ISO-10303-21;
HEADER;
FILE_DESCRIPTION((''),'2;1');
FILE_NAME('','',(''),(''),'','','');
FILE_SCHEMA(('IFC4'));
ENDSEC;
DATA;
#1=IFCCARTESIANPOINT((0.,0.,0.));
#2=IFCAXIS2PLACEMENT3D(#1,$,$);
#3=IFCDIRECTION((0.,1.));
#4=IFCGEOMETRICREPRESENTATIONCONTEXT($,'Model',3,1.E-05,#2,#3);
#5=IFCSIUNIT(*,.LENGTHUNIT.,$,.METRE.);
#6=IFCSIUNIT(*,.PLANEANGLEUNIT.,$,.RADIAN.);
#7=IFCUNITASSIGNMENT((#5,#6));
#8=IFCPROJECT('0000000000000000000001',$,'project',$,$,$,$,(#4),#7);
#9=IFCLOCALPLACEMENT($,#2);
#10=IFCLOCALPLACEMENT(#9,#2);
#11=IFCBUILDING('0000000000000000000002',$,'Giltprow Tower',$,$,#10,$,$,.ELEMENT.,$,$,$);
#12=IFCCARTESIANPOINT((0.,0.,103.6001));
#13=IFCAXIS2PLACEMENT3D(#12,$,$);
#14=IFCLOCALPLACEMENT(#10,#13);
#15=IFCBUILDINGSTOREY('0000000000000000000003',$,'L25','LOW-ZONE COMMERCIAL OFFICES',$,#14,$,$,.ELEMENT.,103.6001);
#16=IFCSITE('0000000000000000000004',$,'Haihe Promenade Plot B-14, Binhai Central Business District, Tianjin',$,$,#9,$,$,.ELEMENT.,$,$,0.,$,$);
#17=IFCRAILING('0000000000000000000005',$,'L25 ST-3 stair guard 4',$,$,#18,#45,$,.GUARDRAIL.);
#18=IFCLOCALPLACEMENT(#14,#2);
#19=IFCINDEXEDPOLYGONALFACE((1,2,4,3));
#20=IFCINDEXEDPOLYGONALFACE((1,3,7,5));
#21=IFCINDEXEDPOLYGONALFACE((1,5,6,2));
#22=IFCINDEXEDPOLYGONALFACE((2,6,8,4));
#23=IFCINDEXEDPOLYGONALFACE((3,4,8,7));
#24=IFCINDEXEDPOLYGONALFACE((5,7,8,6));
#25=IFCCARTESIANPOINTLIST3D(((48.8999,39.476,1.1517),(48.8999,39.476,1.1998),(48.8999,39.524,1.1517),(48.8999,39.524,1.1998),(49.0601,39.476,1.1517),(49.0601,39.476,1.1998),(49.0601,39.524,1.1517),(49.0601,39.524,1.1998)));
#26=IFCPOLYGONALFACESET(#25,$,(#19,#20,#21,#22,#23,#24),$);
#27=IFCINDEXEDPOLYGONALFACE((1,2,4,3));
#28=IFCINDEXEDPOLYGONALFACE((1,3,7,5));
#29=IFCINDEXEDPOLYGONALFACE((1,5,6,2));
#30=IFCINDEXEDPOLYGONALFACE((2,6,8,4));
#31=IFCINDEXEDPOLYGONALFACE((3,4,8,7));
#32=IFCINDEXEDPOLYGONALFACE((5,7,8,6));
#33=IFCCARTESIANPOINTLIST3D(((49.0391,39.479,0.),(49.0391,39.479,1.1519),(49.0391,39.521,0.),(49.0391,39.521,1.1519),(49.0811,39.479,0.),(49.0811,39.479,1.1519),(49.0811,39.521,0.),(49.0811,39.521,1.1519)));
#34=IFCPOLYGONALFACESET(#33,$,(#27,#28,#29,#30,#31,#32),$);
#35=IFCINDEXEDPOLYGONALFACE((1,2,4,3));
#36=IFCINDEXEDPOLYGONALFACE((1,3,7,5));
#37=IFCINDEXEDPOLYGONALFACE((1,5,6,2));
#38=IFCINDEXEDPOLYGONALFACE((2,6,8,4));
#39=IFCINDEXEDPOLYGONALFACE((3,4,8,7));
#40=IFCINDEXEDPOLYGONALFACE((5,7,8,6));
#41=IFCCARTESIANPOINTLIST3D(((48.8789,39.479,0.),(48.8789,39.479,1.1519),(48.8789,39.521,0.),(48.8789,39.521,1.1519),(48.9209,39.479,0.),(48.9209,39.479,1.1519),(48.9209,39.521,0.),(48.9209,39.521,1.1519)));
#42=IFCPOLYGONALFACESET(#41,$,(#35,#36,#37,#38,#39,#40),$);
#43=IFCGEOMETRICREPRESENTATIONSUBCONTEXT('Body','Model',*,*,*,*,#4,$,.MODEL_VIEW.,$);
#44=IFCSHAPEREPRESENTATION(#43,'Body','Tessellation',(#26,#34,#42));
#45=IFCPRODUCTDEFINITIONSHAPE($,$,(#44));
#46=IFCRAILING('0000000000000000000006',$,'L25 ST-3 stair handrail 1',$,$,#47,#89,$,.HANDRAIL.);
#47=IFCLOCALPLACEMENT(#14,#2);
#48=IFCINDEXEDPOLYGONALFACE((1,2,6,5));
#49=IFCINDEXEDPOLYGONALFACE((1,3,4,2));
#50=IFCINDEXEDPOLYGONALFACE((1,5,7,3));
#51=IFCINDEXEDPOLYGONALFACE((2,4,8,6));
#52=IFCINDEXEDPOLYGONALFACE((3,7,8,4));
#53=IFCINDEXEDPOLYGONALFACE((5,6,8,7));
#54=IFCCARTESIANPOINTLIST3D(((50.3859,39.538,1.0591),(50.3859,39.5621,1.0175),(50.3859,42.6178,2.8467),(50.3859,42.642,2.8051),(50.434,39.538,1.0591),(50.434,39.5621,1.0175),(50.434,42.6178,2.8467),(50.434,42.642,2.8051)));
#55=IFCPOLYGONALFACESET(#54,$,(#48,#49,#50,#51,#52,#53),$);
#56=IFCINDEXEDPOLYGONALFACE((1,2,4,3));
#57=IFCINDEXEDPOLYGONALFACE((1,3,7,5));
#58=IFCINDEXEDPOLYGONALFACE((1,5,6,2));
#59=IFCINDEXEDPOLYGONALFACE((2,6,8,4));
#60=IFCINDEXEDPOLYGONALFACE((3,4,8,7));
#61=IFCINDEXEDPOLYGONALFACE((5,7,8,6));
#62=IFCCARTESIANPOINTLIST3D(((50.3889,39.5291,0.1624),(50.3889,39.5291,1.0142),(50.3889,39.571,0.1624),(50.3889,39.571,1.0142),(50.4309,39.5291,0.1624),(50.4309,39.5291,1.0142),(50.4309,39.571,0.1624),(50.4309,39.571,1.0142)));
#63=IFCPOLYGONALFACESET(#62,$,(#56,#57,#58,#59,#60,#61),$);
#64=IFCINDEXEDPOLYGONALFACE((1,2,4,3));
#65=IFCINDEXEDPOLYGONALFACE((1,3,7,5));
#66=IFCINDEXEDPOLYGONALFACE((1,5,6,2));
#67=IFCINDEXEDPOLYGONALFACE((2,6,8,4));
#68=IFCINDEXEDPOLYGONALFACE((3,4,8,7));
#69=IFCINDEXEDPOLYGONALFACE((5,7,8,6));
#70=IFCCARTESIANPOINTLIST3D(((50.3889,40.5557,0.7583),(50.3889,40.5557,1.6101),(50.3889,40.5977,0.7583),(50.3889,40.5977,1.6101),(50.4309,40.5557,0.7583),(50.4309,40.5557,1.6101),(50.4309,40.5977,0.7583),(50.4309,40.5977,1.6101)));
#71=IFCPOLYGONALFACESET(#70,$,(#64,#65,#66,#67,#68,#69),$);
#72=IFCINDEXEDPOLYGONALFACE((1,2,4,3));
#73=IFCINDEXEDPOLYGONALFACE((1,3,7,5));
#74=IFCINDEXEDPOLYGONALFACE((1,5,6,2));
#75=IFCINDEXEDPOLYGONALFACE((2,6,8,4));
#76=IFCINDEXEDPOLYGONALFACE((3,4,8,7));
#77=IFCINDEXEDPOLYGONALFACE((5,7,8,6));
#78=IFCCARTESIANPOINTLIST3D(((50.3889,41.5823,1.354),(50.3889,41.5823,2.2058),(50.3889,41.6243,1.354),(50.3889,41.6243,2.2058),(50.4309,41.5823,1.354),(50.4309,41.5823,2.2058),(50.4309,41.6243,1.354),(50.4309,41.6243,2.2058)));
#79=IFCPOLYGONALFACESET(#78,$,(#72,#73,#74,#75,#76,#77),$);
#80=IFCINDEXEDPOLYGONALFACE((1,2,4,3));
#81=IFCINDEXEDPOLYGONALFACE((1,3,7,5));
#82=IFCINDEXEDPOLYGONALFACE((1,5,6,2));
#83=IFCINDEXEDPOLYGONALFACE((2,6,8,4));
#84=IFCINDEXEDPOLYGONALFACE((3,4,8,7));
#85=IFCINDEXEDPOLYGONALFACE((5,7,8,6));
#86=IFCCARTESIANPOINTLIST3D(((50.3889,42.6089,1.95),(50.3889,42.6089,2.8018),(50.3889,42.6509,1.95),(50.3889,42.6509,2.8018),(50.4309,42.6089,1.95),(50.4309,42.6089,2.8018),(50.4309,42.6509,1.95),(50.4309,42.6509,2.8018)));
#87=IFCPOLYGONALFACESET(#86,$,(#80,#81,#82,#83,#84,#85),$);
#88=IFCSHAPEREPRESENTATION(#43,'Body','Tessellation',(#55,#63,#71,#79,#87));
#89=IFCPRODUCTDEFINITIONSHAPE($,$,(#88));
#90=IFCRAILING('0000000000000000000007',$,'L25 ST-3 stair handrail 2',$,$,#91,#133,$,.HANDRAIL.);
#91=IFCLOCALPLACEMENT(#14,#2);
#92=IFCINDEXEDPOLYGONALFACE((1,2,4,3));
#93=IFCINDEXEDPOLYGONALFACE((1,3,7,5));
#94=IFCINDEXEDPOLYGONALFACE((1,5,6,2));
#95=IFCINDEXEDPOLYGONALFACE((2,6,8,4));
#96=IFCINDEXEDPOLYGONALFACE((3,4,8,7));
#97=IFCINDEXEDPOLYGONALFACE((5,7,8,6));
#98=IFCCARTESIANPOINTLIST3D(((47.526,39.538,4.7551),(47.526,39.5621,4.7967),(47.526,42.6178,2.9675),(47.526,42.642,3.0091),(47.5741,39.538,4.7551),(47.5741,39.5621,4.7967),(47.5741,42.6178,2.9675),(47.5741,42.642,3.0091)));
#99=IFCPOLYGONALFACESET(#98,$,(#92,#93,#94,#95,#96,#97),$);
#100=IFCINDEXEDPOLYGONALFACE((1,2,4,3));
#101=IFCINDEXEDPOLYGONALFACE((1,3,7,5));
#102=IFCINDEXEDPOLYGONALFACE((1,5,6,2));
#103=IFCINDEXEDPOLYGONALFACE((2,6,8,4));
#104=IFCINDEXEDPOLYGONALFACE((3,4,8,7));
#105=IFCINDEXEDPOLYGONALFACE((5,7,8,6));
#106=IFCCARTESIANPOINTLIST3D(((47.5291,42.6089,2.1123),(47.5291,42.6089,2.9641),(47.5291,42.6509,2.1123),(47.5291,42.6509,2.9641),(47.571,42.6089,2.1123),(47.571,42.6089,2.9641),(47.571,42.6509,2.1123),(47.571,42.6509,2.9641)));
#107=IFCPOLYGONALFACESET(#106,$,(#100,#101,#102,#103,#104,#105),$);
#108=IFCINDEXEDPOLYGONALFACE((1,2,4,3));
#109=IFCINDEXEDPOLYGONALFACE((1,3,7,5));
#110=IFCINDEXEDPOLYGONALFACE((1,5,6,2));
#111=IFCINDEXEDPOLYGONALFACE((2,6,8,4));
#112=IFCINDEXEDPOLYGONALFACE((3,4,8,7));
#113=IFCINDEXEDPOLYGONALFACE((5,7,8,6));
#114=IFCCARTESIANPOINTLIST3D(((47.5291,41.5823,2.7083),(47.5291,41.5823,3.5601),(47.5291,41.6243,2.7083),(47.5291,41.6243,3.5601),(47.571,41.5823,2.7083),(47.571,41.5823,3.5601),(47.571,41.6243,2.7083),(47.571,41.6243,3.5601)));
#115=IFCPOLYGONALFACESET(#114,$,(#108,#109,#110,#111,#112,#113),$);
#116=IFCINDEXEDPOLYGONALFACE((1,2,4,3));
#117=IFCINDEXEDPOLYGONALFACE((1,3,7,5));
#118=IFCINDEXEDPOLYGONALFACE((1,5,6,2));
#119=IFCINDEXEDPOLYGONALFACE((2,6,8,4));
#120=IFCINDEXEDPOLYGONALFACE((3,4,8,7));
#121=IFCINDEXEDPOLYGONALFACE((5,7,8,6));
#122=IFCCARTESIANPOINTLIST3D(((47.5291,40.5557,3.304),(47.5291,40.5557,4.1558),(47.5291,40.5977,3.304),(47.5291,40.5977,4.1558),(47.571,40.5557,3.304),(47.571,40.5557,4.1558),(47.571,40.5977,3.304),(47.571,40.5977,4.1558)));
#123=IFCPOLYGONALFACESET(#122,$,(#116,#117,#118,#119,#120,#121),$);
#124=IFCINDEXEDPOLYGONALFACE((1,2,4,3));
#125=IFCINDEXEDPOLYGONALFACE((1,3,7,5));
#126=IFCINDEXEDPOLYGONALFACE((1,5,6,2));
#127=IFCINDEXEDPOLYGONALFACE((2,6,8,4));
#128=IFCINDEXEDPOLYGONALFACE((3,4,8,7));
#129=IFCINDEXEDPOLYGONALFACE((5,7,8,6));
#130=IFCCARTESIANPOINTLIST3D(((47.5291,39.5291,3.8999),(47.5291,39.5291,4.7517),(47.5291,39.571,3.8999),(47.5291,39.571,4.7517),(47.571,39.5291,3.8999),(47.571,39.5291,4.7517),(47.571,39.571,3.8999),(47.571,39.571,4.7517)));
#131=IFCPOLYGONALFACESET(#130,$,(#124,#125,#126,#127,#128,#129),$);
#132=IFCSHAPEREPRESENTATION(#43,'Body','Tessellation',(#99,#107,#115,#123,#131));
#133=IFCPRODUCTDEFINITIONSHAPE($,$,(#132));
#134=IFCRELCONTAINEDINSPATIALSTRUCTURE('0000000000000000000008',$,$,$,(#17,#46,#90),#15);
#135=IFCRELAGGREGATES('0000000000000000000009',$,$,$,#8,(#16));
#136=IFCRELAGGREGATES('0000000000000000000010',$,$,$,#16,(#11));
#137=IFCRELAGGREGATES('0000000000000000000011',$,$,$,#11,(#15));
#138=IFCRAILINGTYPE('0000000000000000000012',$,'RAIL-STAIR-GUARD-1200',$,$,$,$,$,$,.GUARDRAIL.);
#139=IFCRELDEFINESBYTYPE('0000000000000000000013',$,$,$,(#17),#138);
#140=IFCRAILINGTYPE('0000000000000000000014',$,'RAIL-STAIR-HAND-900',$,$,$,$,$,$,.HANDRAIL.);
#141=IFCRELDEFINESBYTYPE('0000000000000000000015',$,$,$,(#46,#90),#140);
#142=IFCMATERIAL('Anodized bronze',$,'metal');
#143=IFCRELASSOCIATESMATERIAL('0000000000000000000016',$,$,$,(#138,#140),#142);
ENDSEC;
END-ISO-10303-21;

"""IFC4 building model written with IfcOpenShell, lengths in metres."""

from ifc_helpers import new_model, si_unit, direction, frame, origin, origin_2d, place, context, subcontext, project, spatial, rectangle, extrude, material, type_object, element, save


model = new_model("IFC4")

# Units and contexts
model_context = context("Model", 3, precision=1e-05, world=origin(), true_north=direction((0.0, 1.0)))
body_context = subcontext(model_context, "Body", "Model", "MODEL_VIEW")
ifc_project = project(units=[si_unit("LENGTHUNIT", "METRE"), si_unit("PLANEANGLEUNIT", "RADIAN")], contexts=[model_context])

# Site, building, storey
site_placement = place(None, origin())
site = spatial("IfcSite", under=ifc_project, at=site_placement, Name="Haihe Promenade Plot B-14, Binhai Central Business District, Tianjin", CompositionType="ELEMENT", RefElevation=0.0)
building_placement = place(site_placement, origin())
building = spatial("IfcBuilding", under=site, at=building_placement, Name="Giltprow Tower", CompositionType="ELEMENT")
storey_placement = place(building_placement, frame((0.0, 0.0, 103.6001)))
storey = spatial("IfcBuildingStorey", under=building, at=storey_placement, Name="L25", Description="LOW-ZONE COMMERCIAL OFFICES", CompositionType="ELEMENT", Elevation=103.6001)

# Railings
ifc_material_1 = material(Name="Anodized bronze", Category="metal")
railing_type_1 = type_object("IfcRailingType", Name="RAIL-STAIR-GUARD-1200", PredefinedType="GUARDRAIL", material=ifc_material_1)
railing_1_placement = place(storey_placement, frame((49.0601, 39.5, 0.0)))
element("IfcRailing", 1, at=railing_1_placement, inside=storey, type_object=railing_type_1, Name="L25 ST-3 stair guard 4", PredefinedType="GUARDRAIL", context=body_context, shape_type="SweptSolid", body=[
    extrude(rectangle(XDim=0.0481, YDim=0.0481, at=origin_2d()), frame((0.0, 0.0, 1.1758), z_axis=(-1.0, 0.0, 0.0), x_axis=(0.0, -1.0, 0.0)), (0.0, 0.0, 1.0), 0.1602),
    extrude(rectangle(XDim=0.042, YDim=0.042, at=origin_2d()), origin(), (0.0, 0.0, 1.0), 1.1519),
    extrude(rectangle(XDim=0.042, YDim=0.042, at=origin_2d()), frame((-0.1602, 0.0, 0.0)), (0.0, 0.0, 1.0), 1.1519),
])
railing_type_2 = type_object("IfcRailingType", Name="RAIL-STAIR-HAND-900", PredefinedType="HANDRAIL", material=ifc_material_1)
railing_2_placement = place(storey_placement, frame((50.4099, 39.55, 0.1624)))
element("IfcRailing", 2, at=railing_2_placement, inside=storey, type_object=railing_type_2, Name="L25 ST-3 stair handrail 1", PredefinedType="HANDRAIL", context=body_context, shape_type="SweptSolid", body=[
    extrude(rectangle(XDim=0.0481, YDim=0.0481, at=origin_2d()), frame((0.0, 0.0, 0.876), z_axis=(0.0, 0.864873, 0.50199), x_axis=(-1.0, 0.0, 0.0)), (0.0, 0.0, 1.0), 3.561),
    extrude(rectangle(XDim=0.042, YDim=0.042, at=origin_2d()), origin(), (0.0, 0.0, 1.0), 0.8518),
    extrude(rectangle(XDim=0.042, YDim=0.042, at=origin_2d()), frame((0.0, 1.0266, 0.5959)), (0.0, 0.0, 1.0), 0.8518),
    extrude(rectangle(XDim=0.042, YDim=0.042, at=origin_2d()), frame((0.0, 2.0532, 1.1917)), (0.0, 0.0, 1.0), 0.8518),
    extrude(rectangle(XDim=0.042, YDim=0.042, at=origin_2d()), frame((0.0, 3.0798, 1.7876)), (0.0, 0.0, 1.0), 0.8518),
])
railing_3_placement = place(storey_placement, frame((47.55, 42.6299, 2.1123)))
element("IfcRailing", 3, at=railing_3_placement, inside=storey, type_object=railing_type_2, Name="L25 ST-3 stair handrail 2", PredefinedType="HANDRAIL", context=body_context, shape_type="SweptSolid", body=[
    extrude(rectangle(XDim=0.0481, YDim=0.0481, at=origin_2d()), frame((0.0, 0.0, 0.876), z_axis=(0.0, -0.864873, 0.50199), x_axis=(1.0, 0.0, 0.0)), (0.0, 0.0, 1.0), 3.561),
    extrude(rectangle(XDim=0.042, YDim=0.042, at=origin_2d()), origin(), (0.0, 0.0, 1.0), 0.8518),
    extrude(rectangle(XDim=0.042, YDim=0.042, at=origin_2d()), frame((0.0, -1.0266, 0.5959)), (0.0, 0.0, 1.0), 0.8518),
    extrude(rectangle(XDim=0.042, YDim=0.042, at=origin_2d()), frame((0.0, -2.0532, 1.1917)), (0.0, 0.0, 1.0), 0.8518),
    extrude(rectangle(XDim=0.042, YDim=0.042, at=origin_2d()), frame((0.0, -3.0798, 1.7876)), (0.0, 0.0, 1.0), 0.8518),
])

save(model, "model.ifc")
